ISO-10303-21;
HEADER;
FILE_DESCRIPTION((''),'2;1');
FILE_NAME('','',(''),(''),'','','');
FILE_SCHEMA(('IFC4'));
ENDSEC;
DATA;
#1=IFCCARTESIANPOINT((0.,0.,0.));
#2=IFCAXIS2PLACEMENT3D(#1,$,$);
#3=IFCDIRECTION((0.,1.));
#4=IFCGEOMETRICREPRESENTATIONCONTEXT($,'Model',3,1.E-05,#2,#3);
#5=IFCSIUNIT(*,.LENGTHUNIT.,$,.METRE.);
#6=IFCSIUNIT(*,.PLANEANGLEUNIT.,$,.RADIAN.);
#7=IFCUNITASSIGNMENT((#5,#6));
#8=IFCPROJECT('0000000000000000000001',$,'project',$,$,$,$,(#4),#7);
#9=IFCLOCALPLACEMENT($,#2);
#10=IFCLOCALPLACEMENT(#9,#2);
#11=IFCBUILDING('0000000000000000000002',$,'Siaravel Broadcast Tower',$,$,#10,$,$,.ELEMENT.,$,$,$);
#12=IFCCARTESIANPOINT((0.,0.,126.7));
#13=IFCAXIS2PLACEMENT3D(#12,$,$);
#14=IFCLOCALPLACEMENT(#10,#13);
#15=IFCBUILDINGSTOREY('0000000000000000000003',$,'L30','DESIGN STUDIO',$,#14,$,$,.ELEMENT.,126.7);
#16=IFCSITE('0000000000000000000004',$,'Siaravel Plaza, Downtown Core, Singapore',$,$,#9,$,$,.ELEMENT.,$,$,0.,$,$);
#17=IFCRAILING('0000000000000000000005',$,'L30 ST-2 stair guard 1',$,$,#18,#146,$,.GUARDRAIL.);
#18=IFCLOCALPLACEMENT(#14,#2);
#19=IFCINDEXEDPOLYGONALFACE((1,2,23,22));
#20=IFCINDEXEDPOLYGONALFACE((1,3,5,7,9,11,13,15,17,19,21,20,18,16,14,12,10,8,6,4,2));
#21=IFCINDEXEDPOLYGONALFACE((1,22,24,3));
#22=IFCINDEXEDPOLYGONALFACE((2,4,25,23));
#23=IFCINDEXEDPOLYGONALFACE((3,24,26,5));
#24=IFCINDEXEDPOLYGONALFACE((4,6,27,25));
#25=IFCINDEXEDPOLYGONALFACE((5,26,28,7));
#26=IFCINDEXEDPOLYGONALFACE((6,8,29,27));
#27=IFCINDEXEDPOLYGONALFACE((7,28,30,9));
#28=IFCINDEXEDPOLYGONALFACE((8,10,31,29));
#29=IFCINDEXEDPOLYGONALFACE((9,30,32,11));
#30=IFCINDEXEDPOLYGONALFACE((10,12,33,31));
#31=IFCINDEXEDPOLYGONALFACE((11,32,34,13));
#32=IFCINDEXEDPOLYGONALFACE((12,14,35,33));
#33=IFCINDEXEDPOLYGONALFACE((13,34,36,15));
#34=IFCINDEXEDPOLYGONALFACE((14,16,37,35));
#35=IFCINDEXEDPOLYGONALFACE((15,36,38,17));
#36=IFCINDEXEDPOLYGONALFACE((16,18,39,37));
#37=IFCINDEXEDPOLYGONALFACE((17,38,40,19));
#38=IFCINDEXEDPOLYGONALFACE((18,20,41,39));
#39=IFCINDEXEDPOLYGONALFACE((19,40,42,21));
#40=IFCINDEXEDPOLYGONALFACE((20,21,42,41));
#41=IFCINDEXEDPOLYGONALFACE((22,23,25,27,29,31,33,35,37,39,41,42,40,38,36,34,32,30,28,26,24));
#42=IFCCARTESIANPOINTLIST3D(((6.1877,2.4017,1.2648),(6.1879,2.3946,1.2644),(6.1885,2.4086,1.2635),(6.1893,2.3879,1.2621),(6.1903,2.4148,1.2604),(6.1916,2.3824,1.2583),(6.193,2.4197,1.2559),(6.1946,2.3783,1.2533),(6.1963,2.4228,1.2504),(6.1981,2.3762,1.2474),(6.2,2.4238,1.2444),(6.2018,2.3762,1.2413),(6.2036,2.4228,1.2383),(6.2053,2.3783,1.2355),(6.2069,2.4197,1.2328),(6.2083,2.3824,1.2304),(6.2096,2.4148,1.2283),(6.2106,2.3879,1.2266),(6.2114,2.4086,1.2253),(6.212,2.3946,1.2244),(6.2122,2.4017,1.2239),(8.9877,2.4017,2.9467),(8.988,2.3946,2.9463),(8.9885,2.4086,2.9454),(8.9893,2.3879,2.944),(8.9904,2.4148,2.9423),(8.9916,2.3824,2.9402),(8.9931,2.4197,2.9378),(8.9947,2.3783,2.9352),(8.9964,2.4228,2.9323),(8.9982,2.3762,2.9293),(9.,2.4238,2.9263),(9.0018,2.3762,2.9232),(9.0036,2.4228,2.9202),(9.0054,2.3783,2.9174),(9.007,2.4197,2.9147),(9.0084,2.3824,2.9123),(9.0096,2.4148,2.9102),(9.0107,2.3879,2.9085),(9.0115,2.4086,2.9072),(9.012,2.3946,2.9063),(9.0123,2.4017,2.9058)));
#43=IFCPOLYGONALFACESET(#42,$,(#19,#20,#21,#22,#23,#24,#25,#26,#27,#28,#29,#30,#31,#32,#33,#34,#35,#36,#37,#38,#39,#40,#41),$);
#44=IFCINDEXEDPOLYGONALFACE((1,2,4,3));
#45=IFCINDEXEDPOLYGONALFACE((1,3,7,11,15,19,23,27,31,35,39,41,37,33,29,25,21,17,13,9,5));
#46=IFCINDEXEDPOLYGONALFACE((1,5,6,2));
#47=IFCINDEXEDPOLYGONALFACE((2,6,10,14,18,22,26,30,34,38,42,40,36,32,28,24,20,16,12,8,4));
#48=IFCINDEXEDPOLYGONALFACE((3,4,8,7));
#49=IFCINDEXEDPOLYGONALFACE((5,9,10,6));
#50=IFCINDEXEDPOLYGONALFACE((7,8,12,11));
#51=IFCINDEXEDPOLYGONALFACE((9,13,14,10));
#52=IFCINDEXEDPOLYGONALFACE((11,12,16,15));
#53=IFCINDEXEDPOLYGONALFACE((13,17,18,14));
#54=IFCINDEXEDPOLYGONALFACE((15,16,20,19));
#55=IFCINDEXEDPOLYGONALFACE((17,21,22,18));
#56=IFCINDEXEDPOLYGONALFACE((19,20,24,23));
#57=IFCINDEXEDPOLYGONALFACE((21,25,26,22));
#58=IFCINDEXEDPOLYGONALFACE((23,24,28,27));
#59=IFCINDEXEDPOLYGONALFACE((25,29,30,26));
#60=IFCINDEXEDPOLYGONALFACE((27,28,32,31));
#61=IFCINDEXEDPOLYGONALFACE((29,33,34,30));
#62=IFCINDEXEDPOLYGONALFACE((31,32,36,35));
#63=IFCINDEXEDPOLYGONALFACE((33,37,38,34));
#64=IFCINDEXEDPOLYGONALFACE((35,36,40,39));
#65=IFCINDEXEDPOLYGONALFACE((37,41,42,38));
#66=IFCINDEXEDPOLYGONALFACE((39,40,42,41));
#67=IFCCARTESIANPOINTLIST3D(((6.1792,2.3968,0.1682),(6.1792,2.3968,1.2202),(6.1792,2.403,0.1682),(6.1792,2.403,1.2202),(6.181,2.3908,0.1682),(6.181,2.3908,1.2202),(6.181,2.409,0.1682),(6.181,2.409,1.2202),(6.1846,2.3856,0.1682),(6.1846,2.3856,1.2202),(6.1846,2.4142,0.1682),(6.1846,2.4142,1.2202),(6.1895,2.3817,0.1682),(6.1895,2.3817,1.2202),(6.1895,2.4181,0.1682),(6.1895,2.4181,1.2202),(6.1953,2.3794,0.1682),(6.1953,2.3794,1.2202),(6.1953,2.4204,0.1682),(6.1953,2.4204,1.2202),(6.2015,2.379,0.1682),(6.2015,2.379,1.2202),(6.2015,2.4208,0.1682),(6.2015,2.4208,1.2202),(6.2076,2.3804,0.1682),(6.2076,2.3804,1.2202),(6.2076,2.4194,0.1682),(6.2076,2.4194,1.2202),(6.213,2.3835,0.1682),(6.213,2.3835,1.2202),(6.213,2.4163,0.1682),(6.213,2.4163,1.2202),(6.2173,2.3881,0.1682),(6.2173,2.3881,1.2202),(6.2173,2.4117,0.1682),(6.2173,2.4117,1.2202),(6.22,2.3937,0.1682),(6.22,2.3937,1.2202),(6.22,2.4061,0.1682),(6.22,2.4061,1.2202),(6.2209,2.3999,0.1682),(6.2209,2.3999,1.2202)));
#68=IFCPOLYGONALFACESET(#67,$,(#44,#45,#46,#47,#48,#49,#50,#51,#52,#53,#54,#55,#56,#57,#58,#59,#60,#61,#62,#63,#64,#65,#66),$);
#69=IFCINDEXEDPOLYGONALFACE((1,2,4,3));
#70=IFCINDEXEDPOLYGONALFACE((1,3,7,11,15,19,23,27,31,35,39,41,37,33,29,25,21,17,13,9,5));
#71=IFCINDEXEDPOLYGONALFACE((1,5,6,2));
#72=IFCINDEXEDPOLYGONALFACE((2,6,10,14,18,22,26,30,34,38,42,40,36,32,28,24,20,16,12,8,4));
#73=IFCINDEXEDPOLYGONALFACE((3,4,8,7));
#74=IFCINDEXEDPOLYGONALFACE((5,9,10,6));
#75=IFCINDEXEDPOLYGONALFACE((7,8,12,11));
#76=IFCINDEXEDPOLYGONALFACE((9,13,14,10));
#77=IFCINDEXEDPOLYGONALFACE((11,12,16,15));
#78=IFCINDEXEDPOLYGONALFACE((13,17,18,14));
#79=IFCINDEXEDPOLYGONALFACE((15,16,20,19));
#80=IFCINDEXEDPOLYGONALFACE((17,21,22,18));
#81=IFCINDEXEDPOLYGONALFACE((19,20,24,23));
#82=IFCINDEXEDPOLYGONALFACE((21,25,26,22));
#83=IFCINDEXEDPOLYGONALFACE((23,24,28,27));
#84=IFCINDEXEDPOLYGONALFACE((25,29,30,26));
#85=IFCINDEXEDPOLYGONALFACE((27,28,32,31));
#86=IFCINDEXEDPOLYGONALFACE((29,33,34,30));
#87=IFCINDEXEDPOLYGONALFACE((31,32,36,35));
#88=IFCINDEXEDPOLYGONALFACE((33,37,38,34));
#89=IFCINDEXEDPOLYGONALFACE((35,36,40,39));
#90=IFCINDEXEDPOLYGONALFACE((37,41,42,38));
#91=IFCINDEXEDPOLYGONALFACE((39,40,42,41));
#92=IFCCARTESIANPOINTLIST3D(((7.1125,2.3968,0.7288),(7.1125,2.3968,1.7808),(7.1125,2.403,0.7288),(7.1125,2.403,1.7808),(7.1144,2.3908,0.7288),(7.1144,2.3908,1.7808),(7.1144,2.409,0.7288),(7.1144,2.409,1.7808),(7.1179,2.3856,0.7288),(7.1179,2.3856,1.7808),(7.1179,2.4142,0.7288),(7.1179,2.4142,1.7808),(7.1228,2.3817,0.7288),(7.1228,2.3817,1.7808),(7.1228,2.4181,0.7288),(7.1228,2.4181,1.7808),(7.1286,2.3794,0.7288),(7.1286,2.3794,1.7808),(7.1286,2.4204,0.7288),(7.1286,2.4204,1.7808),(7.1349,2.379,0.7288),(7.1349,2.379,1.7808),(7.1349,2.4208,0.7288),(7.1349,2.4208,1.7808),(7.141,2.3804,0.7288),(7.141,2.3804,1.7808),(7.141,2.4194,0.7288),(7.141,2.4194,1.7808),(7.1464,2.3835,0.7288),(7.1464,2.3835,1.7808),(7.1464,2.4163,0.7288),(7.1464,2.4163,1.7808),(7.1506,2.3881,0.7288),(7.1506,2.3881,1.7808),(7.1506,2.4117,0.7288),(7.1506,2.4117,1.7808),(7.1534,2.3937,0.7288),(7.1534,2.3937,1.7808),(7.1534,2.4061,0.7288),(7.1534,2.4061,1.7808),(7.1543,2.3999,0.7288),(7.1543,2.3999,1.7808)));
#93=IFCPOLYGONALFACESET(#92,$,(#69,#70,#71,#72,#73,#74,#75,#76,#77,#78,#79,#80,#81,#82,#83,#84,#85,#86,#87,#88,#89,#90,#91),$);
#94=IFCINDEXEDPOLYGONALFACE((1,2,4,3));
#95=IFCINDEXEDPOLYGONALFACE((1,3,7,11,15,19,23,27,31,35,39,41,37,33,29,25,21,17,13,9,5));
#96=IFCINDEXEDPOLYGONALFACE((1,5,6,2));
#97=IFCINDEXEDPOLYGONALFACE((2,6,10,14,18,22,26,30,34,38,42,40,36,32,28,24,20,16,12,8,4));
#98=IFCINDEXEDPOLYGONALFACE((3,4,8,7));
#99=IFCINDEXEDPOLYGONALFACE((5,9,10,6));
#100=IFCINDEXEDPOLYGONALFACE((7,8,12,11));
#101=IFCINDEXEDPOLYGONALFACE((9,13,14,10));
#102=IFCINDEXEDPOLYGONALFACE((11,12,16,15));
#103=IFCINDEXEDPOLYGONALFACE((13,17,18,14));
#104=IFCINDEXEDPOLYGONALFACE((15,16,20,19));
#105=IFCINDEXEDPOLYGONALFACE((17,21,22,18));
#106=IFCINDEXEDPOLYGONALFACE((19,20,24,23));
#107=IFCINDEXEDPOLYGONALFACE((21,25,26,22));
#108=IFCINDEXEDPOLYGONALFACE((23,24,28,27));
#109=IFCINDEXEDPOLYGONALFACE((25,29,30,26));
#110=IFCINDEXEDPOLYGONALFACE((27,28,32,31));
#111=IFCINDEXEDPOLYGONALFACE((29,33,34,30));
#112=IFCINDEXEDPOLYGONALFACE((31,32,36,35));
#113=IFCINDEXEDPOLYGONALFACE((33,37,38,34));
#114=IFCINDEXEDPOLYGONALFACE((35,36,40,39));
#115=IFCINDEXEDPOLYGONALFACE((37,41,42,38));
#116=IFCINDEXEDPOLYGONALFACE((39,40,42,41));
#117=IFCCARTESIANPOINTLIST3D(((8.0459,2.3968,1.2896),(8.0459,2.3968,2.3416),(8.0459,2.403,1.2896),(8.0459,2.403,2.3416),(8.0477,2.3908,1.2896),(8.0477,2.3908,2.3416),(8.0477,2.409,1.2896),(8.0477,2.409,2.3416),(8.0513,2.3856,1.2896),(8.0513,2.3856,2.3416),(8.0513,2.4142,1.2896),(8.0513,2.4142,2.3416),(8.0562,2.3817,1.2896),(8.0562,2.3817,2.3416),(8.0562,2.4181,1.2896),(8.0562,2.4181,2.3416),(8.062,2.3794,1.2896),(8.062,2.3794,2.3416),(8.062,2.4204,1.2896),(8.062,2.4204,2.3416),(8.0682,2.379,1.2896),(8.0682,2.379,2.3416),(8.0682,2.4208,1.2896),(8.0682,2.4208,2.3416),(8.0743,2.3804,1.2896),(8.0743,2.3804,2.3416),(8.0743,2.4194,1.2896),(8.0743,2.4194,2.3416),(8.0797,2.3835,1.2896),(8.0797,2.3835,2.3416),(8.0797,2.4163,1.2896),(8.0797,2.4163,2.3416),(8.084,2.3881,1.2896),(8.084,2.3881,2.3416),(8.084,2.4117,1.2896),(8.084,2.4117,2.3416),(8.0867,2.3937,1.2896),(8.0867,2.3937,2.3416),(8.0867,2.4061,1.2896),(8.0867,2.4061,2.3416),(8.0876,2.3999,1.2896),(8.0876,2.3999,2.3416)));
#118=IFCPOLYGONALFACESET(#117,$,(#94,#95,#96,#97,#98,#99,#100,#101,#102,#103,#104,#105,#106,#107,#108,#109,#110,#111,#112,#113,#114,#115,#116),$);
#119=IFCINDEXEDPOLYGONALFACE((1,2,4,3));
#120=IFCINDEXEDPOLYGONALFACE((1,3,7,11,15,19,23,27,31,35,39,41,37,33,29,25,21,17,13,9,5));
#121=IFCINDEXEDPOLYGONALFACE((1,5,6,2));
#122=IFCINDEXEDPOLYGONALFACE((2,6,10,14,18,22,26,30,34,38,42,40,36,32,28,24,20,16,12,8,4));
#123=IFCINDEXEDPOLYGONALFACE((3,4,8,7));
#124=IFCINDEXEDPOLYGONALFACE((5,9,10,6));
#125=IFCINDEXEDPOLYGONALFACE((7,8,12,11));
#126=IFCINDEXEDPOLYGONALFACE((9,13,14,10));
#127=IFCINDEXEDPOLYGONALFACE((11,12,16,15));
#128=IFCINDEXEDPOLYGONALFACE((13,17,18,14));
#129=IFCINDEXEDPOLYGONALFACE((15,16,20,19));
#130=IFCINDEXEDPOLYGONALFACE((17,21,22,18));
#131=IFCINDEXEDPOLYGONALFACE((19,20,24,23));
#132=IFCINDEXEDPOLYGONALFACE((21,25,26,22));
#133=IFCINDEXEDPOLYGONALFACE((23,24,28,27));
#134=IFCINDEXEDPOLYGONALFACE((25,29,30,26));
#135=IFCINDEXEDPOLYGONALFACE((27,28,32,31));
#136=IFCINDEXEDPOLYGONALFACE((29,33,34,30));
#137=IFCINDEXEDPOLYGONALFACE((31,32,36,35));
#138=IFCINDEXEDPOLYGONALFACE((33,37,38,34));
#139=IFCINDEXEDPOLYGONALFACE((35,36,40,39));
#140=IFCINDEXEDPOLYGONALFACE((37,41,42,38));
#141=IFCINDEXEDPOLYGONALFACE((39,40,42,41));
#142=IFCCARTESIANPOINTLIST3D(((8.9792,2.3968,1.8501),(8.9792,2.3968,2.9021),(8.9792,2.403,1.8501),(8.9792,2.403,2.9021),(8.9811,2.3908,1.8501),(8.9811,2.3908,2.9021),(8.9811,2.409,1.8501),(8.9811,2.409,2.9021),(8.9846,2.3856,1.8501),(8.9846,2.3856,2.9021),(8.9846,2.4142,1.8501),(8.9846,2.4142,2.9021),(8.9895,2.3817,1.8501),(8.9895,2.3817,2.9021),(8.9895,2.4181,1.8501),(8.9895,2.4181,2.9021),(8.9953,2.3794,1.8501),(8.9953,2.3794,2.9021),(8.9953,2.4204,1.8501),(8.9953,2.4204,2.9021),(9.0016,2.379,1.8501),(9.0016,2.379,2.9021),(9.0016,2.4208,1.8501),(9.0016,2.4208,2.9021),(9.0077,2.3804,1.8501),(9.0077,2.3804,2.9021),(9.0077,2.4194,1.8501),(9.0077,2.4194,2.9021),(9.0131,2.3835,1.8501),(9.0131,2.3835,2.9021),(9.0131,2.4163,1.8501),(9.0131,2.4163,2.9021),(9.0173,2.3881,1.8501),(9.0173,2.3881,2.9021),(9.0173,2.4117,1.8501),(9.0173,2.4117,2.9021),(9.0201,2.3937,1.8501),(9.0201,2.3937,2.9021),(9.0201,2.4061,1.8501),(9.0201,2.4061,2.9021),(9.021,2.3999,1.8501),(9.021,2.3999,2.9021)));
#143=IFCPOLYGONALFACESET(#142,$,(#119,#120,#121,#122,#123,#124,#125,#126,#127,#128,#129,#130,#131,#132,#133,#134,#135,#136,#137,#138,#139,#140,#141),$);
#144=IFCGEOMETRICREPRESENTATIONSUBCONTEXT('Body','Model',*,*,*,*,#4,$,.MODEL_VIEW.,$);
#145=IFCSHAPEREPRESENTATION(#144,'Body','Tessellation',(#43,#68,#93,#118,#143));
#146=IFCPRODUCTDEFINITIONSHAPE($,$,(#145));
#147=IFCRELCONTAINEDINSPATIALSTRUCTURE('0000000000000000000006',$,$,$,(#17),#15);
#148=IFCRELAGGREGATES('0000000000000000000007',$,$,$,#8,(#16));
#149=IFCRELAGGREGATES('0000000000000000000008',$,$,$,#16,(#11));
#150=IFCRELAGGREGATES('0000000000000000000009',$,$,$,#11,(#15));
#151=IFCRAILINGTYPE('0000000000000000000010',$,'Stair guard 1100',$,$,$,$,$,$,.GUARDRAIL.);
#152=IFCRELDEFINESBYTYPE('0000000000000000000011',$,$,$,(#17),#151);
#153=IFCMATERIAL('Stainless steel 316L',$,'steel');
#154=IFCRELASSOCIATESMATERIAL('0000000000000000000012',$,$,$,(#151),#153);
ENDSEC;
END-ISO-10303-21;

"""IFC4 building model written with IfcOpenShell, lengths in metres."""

from ifc_helpers import new_model, si_unit, direction, frame, origin, origin_2d, place, context, subcontext, project, spatial, circle, extrude, material, type_object, element, save


model = new_model("IFC4")

# Units and contexts
model_context = context("Model", 3, precision=1e-05, world=origin(), true_north=direction((0.0, 1.0)))
body_context = subcontext(model_context, "Body", "Model", "MODEL_VIEW")
ifc_project = project(units=[si_unit("LENGTHUNIT", "METRE"), si_unit("PLANEANGLEUNIT", "RADIAN")], contexts=[model_context])

# Site, building, storey
site_placement = place(None, origin())
site = spatial("IfcSite", under=ifc_project, at=site_placement, Name="Siaravel Plaza, Downtown Core, Singapore", CompositionType="ELEMENT", RefElevation=0.0)
building_placement = place(site_placement, origin())
building = spatial("IfcBuilding", under=site, at=building_placement, Name="Siaravel Broadcast Tower", CompositionType="ELEMENT")
storey_placement = place(building_placement, frame((0.0, 0.0, 126.7)))
storey = spatial("IfcBuildingStorey", under=building, at=storey_placement, Name="L30", Description="DESIGN STUDIO", CompositionType="ELEMENT", Elevation=126.7)

# Railing
ifc_material_1 = material(Name="Stainless steel 316L", Category="steel")
railing_type_1 = type_object("IfcRailingType", Name="Stair guard 1100", PredefinedType="GUARDRAIL", material=ifc_material_1)
railing_1_placement = place(storey_placement, frame((6.2, 2.3999, 0.1682)))
element("IfcRailing", 1, at=railing_1_placement, inside=storey, type_object=railing_type_1, Name="L30 ST-2 stair guard 1", PredefinedType="GUARDRAIL", context=body_context, shape_type="SweptSolid", body=[
    extrude(circle(Radius=0.0239, at=origin_2d()), frame((0.0, 0.0, 1.0762), z_axis=(0.857242, 0.0, 0.514913), x_axis=(0.0, 1.0, 0.0)), (0.0, 0.0, 1.0), 3.2664),
    extrude(circle(Radius=0.021, at=origin_2d()), origin(), (0.0, 0.0, 1.0), 1.052),
    extrude(circle(Radius=0.021, at=origin_2d()), frame((0.9333, 0.0, 0.5605)), (0.0, 0.0, 1.0), 1.052),
    extrude(circle(Radius=0.021, at=origin_2d()), frame((1.8667, 0.0, 1.1213)), (0.0, 0.0, 1.0), 1.052),
    extrude(circle(Radius=0.021, at=origin_2d()), frame((2.8, 0.0, 1.6819)), (0.0, 0.0, 1.0), 1.052),
])

save(model, "model.ifc")
